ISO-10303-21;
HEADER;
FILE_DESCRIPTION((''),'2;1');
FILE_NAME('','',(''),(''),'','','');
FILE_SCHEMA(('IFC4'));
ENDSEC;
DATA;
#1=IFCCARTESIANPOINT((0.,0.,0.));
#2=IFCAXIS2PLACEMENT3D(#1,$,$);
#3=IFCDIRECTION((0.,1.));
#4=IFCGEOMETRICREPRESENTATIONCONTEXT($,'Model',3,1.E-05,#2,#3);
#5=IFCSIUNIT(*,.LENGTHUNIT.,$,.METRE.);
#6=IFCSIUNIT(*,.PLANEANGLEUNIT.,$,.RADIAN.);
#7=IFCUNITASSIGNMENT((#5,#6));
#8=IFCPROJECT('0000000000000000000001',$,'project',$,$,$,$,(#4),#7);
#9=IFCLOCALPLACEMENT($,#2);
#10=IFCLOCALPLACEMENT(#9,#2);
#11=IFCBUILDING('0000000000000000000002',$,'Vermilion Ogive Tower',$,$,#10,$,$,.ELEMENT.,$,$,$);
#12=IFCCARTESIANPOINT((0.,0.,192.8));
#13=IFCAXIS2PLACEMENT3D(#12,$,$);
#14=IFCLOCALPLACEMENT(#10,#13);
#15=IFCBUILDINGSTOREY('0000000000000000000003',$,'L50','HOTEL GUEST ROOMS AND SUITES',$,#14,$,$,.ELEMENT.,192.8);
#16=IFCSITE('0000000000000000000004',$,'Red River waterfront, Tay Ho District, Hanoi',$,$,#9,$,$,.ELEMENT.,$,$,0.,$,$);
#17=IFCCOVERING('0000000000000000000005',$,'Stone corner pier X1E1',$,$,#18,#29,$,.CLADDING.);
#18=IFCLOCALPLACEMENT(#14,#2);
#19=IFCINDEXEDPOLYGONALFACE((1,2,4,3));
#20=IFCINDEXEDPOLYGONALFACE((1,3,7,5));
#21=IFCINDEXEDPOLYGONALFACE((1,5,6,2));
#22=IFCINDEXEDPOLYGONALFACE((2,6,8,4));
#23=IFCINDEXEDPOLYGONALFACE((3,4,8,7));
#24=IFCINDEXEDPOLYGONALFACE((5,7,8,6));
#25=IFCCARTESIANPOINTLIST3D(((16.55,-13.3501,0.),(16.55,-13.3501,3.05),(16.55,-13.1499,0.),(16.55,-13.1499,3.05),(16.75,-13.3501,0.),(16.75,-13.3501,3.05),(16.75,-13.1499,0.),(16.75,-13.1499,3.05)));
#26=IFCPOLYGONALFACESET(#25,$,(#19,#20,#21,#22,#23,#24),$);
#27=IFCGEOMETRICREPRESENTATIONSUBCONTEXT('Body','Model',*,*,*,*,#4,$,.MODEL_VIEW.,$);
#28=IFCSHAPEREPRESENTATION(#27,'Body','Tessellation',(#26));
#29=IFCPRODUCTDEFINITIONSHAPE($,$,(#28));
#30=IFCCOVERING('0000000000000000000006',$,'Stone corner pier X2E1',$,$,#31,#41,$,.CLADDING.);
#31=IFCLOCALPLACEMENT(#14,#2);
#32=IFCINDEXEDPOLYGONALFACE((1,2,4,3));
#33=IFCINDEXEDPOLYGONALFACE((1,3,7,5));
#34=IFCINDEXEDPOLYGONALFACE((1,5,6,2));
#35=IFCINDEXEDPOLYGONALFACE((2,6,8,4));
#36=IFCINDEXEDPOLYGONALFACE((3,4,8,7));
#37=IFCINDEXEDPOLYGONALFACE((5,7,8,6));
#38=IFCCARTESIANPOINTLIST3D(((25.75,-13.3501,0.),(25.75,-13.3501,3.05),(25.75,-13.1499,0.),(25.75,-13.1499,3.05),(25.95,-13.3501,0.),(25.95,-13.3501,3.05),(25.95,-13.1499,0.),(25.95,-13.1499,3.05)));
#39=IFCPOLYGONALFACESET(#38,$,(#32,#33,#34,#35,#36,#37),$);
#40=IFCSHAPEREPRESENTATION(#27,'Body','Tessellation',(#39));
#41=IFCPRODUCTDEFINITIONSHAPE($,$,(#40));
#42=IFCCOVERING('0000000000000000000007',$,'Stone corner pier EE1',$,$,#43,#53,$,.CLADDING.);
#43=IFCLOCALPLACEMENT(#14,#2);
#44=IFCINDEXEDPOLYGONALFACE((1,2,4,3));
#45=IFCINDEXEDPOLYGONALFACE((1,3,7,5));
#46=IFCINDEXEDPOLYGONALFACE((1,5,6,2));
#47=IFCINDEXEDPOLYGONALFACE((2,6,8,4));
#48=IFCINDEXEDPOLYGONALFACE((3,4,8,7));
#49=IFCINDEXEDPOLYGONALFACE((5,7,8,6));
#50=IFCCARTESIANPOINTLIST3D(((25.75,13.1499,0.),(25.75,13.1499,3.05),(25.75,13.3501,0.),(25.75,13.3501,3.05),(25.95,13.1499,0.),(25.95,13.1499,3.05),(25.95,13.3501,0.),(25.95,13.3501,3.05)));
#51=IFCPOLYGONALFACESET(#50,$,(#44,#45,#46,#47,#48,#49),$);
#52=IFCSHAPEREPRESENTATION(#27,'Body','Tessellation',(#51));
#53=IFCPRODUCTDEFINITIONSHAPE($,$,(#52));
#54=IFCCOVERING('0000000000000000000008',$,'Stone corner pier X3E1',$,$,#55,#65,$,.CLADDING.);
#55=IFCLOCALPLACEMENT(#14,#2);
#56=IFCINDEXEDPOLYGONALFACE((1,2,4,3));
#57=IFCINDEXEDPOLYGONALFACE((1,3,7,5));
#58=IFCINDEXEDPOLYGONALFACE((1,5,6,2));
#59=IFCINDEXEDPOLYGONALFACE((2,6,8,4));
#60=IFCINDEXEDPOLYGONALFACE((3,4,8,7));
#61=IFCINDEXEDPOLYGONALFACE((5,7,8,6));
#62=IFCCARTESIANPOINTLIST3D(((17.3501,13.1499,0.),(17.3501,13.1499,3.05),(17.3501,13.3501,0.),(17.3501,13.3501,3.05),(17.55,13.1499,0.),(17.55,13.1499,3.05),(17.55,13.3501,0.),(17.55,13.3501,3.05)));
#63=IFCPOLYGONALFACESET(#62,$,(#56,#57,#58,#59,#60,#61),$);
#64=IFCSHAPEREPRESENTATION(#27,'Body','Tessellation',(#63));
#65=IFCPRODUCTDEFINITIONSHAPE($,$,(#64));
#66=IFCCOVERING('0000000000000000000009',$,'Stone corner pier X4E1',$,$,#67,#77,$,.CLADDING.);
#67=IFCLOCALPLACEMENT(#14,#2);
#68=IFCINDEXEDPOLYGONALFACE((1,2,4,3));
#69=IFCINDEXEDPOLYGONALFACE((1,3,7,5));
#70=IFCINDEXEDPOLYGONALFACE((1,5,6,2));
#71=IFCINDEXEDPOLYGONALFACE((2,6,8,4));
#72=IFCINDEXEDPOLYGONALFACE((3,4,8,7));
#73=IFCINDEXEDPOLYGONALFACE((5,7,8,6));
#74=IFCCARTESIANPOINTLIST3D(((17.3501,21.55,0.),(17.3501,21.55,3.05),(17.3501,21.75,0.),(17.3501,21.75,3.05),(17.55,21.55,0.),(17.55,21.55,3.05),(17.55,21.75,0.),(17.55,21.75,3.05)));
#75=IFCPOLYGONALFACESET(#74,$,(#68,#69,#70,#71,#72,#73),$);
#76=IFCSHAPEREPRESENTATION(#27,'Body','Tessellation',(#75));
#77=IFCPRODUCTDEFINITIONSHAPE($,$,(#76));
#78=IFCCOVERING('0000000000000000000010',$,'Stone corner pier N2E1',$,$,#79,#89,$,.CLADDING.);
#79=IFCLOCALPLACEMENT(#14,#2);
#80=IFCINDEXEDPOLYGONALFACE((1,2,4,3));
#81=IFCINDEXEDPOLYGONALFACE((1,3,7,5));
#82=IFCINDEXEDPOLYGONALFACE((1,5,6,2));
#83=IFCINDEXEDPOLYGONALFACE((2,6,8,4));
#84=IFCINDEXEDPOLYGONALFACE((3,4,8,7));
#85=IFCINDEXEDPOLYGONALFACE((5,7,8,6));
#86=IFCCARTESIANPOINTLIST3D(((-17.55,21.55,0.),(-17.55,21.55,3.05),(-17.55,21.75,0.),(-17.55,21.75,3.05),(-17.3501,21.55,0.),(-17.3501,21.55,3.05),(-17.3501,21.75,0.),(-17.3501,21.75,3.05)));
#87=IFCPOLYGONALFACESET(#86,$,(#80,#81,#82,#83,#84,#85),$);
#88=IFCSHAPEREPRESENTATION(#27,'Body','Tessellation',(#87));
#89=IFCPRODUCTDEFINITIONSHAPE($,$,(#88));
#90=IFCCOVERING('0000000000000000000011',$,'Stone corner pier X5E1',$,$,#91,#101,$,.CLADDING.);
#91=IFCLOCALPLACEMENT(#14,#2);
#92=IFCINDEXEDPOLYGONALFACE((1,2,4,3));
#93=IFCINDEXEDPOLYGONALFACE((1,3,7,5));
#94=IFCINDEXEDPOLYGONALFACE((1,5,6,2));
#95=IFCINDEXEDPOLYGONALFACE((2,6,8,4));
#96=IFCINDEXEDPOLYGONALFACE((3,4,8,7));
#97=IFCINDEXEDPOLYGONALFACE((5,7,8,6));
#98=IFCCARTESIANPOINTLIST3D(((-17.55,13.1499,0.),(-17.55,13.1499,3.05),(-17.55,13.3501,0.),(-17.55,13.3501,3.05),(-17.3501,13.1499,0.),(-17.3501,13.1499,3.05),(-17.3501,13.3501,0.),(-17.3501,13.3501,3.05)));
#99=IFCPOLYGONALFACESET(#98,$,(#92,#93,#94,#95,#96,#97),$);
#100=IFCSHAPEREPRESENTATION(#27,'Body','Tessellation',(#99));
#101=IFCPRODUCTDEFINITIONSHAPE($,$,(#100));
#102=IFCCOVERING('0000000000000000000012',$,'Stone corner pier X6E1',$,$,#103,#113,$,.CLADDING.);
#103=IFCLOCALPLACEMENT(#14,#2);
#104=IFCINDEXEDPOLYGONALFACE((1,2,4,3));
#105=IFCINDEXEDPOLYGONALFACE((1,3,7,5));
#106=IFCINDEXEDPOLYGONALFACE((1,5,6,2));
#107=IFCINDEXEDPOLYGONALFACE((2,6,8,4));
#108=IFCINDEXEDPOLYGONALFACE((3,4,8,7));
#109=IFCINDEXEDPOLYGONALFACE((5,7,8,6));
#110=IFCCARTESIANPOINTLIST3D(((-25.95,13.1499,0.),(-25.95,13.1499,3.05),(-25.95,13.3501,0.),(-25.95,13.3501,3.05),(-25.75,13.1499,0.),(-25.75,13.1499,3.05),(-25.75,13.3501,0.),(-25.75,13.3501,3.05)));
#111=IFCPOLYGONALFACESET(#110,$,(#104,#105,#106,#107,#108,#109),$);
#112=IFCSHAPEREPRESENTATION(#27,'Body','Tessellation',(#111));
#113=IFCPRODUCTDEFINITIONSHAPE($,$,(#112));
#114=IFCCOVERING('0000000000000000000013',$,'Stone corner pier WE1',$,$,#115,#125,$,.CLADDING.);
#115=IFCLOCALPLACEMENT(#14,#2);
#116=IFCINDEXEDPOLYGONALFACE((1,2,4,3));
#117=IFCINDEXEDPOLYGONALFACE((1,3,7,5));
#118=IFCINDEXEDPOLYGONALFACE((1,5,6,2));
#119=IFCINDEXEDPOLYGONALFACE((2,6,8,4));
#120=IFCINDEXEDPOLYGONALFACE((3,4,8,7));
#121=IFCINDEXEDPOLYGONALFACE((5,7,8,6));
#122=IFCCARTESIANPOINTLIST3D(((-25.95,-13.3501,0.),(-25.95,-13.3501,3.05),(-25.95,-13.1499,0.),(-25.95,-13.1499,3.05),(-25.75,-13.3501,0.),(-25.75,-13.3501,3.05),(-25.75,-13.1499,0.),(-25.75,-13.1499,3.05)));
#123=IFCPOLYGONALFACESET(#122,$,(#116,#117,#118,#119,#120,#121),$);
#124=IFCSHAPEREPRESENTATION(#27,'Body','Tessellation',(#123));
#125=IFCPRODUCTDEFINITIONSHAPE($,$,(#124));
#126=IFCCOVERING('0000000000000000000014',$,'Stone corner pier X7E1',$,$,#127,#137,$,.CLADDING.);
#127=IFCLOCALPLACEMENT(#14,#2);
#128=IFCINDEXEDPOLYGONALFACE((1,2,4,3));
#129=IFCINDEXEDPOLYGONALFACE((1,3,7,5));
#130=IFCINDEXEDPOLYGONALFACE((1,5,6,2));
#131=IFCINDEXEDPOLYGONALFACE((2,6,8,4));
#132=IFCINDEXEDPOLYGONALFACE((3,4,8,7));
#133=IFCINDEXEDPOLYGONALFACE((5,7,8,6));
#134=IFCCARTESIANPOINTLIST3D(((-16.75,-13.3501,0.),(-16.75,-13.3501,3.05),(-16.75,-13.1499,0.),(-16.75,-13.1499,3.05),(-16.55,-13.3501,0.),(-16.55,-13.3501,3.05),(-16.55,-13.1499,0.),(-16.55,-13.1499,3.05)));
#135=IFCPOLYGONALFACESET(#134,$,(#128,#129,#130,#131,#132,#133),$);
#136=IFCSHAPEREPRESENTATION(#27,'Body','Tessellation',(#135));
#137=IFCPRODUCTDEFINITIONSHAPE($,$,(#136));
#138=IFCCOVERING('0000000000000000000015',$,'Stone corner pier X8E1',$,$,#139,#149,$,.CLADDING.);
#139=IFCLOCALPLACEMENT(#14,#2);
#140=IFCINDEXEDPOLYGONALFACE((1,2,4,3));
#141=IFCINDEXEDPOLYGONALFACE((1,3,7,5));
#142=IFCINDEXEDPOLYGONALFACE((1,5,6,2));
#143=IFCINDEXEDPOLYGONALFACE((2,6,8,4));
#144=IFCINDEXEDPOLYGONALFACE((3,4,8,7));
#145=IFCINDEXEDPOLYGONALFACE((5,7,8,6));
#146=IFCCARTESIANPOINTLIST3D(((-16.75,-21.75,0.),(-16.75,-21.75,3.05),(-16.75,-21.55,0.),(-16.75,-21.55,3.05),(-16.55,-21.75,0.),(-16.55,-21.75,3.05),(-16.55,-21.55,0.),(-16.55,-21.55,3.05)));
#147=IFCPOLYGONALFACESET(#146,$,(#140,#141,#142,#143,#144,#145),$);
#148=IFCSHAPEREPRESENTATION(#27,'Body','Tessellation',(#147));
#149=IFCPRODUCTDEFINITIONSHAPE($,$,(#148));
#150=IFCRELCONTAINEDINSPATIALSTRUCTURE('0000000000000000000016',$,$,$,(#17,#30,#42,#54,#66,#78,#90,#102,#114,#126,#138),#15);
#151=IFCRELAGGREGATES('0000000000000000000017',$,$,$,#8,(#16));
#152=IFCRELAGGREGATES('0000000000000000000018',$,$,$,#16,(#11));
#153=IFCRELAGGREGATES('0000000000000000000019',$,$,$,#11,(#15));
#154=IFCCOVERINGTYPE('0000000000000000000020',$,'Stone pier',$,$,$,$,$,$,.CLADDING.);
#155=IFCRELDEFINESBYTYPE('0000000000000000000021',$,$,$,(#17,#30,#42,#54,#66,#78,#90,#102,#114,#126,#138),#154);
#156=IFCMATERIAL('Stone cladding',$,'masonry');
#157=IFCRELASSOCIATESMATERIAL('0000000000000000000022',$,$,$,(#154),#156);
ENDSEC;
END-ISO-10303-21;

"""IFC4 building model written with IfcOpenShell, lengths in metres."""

from ifc_helpers import new_model, si_unit, direction, frame, origin, place, context, subcontext, project, spatial, polyline, outline, extrude, material, type_object, element, save


model = new_model("IFC4")

# Units and contexts
model_context = context("Model", 3, precision=1e-05, world=origin(), true_north=direction((0.0, 1.0)))
body_context = subcontext(model_context, "Body", "Model", "MODEL_VIEW")
ifc_project = project(units=[si_unit("LENGTHUNIT", "METRE"), si_unit("PLANEANGLEUNIT", "RADIAN")], contexts=[model_context])

# Site, building, storey
site_placement = place(None, origin())
site = spatial("IfcSite", under=ifc_project, at=site_placement, Name="Red River waterfront, Tay Ho District, Hanoi", CompositionType="ELEMENT", RefElevation=0.0)
building_placement = place(site_placement, origin())
building = spatial("IfcBuilding", under=site, at=building_placement, Name="Vermilion Ogive Tower", CompositionType="ELEMENT")
storey_placement = place(building_placement, frame((0.0, 0.0, 192.8)))
storey = spatial("IfcBuildingStorey", under=building, at=storey_placement, Name="L50", Description="HOTEL GUEST ROOMS AND SUITES", CompositionType="ELEMENT", Elevation=192.8)

# Coverings
ifc_material_1 = material(Name="Stone cladding", Category="masonry")
covering_type_1 = type_object("IfcCoveringType", Name="Stone pier", PredefinedType="CLADDING", material=ifc_material_1)
covering_1_placement = place(storey_placement, origin())
element("IfcCovering", 1, at=covering_1_placement, inside=storey, type_object=covering_type_1, Name="Stone corner pier X1E1", PredefinedType="CLADDING", context=body_context, shape_type="SweptSolid", body=[
    extrude(outline(polyline([(16.55, -13.1499), (16.75, -13.1499), (16.75, -13.3501), (16.55, -13.3501), (16.55, -13.1499)])), origin(), (0.0, 0.0, 1.0), 3.05),
])
covering_2_placement = place(storey_placement, origin())
element("IfcCovering", 2, at=covering_2_placement, inside=storey, type_object=covering_type_1, Name="Stone corner pier X2E1", PredefinedType="CLADDING", context=body_context, shape_type="SweptSolid", body=[
    extrude(outline(polyline([(25.75, -13.1499), (25.95, -13.1499), (25.95, -13.3501), (25.75, -13.3501), (25.75, -13.1499)])), origin(), (0.0, 0.0, 1.0), 3.05),
])
covering_3_placement = place(storey_placement, origin())
element("IfcCovering", 3, at=covering_3_placement, inside=storey, type_object=covering_type_1, Name="Stone corner pier EE1", PredefinedType="CLADDING", context=body_context, shape_type="SweptSolid", body=[
    extrude(outline(polyline([(25.75, 13.1499), (25.75, 13.3501), (25.95, 13.3501), (25.95, 13.1499), (25.75, 13.1499)])), origin(), (0.0, 0.0, 1.0), 3.05),
])
covering_4_placement = place(storey_placement, origin())
element("IfcCovering", 4, at=covering_4_placement, inside=storey, type_object=covering_type_1, Name="Stone corner pier X3E1", PredefinedType="CLADDING", context=body_context, shape_type="SweptSolid", body=[
    extrude(outline(polyline([(17.3501, 13.1499), (17.3501, 13.3501), (17.55, 13.3501), (17.55, 13.1499), (17.3501, 13.1499)])), origin(), (0.0, 0.0, 1.0), 3.05),
])
covering_5_placement = place(storey_placement, origin())
element("IfcCovering", 5, at=covering_5_placement, inside=storey, type_object=covering_type_1, Name="Stone corner pier X4E1", PredefinedType="CLADDING", context=body_context, shape_type="SweptSolid", body=[
    extrude(outline(polyline([(17.3501, 21.55), (17.3501, 21.75), (17.55, 21.75), (17.55, 21.55), (17.3501, 21.55)])), origin(), (0.0, 0.0, 1.0), 3.05),
])
covering_6_placement = place(storey_placement, origin())
element("IfcCovering", 6, at=covering_6_placement, inside=storey, type_object=covering_type_1, Name="Stone corner pier N2E1", PredefinedType="CLADDING", context=body_context, shape_type="SweptSolid", body=[
    extrude(outline(polyline([(-17.3501, 21.55), (-17.55, 21.55), (-17.55, 21.75), (-17.3501, 21.75), (-17.3501, 21.55)])), origin(), (0.0, 0.0, 1.0), 3.05),
])
covering_7_placement = place(storey_placement, origin())
element("IfcCovering", 7, at=covering_7_placement, inside=storey, type_object=covering_type_1, Name="Stone corner pier X5E1", PredefinedType="CLADDING", context=body_context, shape_type="SweptSolid", body=[
    extrude(outline(polyline([(-17.3501, 13.1499), (-17.55, 13.1499), (-17.55, 13.3501), (-17.3501, 13.3501), (-17.3501, 13.1499)])), origin(), (0.0, 0.0, 1.0), 3.05),
])
covering_8_placement = place(storey_placement, origin())
element("IfcCovering", 8, at=covering_8_placement, inside=storey, type_object=covering_type_1, Name="Stone corner pier X6E1", PredefinedType="CLADDING", context=body_context, shape_type="SweptSolid", body=[
    extrude(outline(polyline([(-25.75, 13.1499), (-25.95, 13.1499), (-25.95, 13.3501), (-25.75, 13.3501), (-25.75, 13.1499)])), origin(), (0.0, 0.0, 1.0), 3.05),
])
covering_9_placement = place(storey_placement, origin())
element("IfcCovering", 9, at=covering_9_placement, inside=storey, type_object=covering_type_1, Name="Stone corner pier WE1", PredefinedType="CLADDING", context=body_context, shape_type="SweptSolid", body=[
    extrude(outline(polyline([(-25.75, -13.1499), (-25.75, -13.3501), (-25.95, -13.3501), (-25.95, -13.1499), (-25.75, -13.1499)])), origin(), (0.0, 0.0, 1.0), 3.05),
])
covering_10_placement = place(storey_placement, origin())
element("IfcCovering", 10, at=covering_10_placement, inside=storey, type_object=covering_type_1, Name="Stone corner pier X7E1", PredefinedType="CLADDING", context=body_context, shape_type="SweptSolid", body=[
    extrude(outline(polyline([(-16.55, -13.1499), (-16.55, -13.3501), (-16.75, -13.3501), (-16.75, -13.1499), (-16.55, -13.1499)])), origin(), (0.0, 0.0, 1.0), 3.05),
])
covering_11_placement = place(storey_placement, origin())
element("IfcCovering", 11, at=covering_11_placement, inside=storey, type_object=covering_type_1, Name="Stone corner pier X8E1", PredefinedType="CLADDING", context=body_context, shape_type="SweptSolid", body=[
    extrude(outline(polyline([(-16.55, -21.55), (-16.55, -21.75), (-16.75, -21.75), (-16.75, -21.55), (-16.55, -21.55)])), origin(), (0.0, 0.0, 1.0), 3.05),
])

save(model, "model.ifc")
